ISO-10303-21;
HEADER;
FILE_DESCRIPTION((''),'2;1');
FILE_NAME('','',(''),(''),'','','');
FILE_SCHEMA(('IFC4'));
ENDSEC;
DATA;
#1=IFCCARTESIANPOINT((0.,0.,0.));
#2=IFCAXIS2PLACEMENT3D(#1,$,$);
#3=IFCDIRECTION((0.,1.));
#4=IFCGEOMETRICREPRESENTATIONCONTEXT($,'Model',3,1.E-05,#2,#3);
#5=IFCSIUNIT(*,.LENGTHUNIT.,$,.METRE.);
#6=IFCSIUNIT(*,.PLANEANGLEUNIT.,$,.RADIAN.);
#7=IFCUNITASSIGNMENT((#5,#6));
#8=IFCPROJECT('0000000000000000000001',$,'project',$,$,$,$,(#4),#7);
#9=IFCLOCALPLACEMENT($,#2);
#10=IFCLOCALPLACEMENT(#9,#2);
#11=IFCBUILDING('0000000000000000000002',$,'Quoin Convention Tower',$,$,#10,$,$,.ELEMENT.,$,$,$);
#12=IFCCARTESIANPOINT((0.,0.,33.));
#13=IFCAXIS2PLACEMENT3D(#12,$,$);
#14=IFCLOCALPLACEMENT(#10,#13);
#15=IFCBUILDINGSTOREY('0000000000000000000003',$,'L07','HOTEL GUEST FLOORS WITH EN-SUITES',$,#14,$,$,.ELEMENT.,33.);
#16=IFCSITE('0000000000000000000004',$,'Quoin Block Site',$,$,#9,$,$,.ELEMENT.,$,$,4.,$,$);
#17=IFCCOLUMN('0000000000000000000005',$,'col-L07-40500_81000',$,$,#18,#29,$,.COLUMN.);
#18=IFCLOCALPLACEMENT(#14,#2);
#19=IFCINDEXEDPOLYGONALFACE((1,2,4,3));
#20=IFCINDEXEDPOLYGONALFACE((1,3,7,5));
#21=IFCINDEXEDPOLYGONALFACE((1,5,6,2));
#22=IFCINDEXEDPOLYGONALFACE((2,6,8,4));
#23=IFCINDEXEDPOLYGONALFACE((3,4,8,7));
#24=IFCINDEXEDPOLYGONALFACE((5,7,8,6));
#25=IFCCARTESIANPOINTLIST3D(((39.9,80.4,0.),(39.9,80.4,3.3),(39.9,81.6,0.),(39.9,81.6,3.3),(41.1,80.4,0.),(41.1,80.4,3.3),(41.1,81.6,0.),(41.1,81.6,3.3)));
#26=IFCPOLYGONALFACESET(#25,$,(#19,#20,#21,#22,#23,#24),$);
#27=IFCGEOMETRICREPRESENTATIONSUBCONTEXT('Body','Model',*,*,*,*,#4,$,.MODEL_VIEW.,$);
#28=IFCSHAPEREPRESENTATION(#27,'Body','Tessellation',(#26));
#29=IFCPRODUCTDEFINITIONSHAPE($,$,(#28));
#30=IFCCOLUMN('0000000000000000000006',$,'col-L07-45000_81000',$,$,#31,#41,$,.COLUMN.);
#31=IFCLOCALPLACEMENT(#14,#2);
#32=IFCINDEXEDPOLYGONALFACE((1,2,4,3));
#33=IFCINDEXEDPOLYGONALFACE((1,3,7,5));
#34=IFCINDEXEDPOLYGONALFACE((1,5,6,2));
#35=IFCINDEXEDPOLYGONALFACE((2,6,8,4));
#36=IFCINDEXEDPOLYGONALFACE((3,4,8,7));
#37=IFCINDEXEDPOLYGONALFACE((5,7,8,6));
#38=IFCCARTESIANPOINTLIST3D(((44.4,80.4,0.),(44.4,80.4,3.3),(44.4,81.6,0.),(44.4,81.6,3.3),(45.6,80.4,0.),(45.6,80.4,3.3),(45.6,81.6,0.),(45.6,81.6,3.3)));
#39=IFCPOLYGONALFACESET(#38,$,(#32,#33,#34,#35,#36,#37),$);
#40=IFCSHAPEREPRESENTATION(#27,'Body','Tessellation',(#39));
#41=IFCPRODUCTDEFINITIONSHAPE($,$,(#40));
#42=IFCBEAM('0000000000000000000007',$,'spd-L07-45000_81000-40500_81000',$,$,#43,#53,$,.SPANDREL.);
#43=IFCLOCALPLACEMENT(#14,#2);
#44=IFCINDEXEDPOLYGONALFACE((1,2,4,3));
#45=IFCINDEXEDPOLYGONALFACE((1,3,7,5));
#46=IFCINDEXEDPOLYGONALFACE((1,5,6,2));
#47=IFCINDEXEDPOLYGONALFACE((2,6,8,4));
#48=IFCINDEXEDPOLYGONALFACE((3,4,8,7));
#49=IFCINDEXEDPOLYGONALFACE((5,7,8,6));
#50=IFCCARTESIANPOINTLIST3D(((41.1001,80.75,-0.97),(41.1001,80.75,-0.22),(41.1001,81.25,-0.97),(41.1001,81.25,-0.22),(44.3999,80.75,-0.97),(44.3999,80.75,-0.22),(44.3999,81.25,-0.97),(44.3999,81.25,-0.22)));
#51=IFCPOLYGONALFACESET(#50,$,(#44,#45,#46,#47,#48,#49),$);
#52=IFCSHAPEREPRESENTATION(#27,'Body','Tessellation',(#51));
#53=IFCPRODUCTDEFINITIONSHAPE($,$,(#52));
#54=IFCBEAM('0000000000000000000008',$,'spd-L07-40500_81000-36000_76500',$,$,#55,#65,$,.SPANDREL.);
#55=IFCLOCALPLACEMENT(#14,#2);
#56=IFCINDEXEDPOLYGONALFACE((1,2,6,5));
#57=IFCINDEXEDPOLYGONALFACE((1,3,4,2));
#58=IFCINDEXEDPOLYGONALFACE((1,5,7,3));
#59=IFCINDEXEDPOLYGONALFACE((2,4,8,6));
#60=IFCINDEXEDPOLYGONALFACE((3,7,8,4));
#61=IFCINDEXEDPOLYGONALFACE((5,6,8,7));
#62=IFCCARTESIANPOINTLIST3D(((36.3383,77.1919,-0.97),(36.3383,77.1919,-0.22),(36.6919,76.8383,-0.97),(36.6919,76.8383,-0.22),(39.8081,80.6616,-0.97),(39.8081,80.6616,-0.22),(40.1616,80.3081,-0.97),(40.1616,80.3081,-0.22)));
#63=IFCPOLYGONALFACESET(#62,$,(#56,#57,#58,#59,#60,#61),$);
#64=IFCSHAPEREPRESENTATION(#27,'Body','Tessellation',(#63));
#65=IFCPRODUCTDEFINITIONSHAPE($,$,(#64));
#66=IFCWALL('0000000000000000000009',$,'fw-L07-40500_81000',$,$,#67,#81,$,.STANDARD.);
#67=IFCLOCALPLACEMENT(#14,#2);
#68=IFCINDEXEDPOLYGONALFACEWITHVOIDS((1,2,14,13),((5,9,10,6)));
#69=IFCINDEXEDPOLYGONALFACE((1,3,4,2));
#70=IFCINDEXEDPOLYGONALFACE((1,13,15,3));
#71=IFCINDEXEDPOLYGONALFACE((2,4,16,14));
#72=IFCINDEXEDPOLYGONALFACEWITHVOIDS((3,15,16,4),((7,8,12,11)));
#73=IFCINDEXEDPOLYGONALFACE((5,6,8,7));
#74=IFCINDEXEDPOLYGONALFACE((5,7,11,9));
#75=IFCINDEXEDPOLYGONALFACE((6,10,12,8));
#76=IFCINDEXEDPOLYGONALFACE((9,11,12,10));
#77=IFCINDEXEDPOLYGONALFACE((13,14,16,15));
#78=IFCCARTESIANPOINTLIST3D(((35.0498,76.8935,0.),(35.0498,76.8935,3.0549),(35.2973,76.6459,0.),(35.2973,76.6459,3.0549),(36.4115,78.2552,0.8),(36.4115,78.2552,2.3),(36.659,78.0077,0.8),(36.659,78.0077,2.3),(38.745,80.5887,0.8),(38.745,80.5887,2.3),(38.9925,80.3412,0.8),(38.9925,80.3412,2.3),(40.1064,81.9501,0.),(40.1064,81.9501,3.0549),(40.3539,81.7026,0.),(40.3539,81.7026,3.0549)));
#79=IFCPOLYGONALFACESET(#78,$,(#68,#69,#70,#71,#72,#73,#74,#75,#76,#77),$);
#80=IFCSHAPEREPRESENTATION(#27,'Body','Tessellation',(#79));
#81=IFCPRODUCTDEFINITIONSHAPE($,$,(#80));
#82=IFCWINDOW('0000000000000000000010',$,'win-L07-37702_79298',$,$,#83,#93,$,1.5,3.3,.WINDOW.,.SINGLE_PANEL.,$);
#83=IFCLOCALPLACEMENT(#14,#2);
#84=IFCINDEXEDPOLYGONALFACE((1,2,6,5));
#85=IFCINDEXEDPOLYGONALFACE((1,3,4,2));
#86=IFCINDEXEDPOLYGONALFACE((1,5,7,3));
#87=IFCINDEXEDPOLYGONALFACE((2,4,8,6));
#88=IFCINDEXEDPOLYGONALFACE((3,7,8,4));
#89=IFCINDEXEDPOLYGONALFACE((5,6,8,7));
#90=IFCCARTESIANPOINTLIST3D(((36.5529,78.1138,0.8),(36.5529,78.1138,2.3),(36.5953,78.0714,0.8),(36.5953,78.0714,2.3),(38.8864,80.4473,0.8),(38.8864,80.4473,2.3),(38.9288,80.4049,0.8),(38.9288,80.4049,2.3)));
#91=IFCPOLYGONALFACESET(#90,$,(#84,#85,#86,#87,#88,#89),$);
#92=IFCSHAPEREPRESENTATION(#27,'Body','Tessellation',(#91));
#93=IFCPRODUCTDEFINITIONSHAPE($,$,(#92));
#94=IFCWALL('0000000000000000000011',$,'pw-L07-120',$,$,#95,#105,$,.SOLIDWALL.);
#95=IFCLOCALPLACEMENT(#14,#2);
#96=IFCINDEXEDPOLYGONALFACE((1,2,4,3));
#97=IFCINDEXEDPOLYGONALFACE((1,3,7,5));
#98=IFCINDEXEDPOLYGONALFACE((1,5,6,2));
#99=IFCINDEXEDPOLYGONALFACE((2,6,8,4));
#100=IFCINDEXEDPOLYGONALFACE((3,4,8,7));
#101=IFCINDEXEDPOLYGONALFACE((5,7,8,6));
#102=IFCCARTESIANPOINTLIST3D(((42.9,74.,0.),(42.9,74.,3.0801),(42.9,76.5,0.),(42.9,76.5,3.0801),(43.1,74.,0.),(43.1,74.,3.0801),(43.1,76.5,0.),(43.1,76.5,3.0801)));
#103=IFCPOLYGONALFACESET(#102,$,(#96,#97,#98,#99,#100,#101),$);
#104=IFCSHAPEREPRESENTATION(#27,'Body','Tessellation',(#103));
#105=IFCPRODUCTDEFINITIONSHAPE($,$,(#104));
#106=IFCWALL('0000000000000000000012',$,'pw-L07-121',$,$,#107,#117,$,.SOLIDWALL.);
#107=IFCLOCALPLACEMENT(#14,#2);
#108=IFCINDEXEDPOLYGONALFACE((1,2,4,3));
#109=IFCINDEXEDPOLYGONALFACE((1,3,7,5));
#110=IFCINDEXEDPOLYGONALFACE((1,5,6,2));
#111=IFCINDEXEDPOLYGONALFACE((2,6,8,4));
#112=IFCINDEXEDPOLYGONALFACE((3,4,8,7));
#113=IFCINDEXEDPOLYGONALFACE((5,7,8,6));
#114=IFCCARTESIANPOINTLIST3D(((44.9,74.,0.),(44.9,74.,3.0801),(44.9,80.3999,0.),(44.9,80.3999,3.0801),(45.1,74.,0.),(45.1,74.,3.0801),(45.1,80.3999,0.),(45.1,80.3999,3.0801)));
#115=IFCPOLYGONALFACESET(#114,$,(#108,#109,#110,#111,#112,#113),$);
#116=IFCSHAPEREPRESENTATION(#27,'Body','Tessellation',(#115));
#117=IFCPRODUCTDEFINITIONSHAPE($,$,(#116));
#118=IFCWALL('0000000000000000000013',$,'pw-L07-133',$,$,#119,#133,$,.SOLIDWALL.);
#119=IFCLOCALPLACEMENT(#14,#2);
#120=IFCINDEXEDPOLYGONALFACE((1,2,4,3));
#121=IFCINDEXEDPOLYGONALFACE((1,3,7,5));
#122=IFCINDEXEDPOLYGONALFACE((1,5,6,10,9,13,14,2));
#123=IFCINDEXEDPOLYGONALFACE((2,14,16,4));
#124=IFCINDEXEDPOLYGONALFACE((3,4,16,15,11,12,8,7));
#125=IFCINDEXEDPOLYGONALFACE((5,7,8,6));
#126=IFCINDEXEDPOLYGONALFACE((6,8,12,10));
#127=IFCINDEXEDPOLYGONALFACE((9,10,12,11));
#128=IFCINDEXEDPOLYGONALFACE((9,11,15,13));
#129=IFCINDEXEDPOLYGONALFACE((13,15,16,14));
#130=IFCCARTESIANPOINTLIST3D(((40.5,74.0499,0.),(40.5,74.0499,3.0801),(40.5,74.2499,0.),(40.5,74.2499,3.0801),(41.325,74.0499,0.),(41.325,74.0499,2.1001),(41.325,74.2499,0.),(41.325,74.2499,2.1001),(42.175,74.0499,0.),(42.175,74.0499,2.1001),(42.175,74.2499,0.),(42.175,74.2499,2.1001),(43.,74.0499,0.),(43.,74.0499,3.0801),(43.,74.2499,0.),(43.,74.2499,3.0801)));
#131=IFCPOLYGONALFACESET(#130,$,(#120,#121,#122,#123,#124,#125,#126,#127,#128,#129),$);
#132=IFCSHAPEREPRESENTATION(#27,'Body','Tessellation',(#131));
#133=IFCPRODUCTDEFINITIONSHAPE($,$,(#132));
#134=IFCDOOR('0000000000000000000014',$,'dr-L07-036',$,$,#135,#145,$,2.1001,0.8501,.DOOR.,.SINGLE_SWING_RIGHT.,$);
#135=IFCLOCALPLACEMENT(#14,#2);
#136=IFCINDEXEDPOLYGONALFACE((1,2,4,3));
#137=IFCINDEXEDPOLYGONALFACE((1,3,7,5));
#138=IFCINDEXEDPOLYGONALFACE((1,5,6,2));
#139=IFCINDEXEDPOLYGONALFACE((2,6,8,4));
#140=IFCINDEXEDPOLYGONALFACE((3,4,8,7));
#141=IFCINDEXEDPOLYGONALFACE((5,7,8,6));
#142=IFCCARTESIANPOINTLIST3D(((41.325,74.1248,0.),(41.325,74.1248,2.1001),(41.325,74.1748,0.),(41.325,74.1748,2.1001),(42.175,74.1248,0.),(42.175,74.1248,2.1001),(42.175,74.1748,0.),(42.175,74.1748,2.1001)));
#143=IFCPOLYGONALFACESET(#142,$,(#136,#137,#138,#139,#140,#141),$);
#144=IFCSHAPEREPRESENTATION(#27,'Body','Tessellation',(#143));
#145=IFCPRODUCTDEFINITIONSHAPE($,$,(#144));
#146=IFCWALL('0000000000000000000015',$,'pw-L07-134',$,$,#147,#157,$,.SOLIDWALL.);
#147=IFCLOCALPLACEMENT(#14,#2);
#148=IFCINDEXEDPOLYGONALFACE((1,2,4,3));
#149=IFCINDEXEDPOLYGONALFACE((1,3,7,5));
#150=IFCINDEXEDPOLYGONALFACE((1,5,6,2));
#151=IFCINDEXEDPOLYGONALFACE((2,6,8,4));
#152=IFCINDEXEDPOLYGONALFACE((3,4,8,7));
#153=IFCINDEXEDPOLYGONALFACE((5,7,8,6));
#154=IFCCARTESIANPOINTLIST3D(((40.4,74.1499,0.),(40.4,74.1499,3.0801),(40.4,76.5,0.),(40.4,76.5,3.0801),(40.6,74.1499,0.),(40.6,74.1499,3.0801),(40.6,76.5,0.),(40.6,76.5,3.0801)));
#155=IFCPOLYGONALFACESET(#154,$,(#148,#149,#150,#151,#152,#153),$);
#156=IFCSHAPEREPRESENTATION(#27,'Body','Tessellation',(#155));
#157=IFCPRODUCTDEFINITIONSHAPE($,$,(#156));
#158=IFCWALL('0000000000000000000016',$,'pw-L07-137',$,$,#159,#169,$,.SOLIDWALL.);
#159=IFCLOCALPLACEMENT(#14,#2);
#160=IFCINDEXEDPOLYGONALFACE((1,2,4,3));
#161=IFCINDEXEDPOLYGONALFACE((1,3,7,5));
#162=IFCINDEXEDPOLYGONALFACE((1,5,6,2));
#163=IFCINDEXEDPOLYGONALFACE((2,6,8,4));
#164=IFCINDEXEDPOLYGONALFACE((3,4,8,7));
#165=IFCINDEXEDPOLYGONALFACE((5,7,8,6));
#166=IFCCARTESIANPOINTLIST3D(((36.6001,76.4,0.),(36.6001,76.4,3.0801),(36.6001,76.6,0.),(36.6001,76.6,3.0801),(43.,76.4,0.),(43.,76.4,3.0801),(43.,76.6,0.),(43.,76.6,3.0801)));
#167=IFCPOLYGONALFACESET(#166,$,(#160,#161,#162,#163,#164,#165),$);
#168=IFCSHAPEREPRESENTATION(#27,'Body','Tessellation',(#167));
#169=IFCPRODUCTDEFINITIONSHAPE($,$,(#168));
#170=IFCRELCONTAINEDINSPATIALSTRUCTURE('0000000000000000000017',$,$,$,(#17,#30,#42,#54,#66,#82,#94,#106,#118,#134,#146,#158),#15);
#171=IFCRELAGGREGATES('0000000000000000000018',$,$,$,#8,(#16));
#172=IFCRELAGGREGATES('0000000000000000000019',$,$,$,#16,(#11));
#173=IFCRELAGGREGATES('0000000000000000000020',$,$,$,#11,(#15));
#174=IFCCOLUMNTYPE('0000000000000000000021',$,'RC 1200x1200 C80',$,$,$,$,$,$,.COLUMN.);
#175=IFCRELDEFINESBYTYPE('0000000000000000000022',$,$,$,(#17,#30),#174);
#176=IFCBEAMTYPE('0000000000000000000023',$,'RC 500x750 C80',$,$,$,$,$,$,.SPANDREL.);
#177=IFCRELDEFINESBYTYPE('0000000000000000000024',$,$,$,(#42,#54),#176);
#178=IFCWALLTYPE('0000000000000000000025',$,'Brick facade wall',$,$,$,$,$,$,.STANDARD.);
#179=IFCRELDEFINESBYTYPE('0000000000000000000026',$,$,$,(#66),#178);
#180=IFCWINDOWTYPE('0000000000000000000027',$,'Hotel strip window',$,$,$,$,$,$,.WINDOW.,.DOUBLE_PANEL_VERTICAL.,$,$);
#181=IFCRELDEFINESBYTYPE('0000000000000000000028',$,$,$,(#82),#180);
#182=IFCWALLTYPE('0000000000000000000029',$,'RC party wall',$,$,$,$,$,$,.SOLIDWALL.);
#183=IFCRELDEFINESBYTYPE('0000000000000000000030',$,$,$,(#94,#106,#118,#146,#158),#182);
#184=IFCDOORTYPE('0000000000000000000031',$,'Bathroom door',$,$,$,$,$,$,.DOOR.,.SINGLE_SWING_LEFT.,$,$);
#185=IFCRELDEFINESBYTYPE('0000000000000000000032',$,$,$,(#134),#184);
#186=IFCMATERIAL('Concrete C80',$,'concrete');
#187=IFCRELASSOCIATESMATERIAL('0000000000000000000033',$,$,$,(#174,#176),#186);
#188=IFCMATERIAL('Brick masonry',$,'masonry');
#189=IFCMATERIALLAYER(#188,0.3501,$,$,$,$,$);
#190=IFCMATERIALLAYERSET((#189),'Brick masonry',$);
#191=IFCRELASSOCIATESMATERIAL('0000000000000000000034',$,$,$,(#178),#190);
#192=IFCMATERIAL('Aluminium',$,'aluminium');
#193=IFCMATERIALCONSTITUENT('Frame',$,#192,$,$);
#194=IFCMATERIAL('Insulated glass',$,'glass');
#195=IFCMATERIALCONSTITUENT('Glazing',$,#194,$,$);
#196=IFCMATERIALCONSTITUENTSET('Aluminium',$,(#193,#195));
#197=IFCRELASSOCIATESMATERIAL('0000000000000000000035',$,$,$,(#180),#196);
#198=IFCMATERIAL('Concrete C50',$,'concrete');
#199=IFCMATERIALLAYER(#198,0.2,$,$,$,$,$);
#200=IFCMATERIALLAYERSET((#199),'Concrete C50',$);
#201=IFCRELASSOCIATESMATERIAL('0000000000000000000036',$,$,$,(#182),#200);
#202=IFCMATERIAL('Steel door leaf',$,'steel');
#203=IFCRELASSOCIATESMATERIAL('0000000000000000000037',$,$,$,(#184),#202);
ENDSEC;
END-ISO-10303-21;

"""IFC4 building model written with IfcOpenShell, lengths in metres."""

from ifc_helpers import new_model, si_unit, direction, frame, frame_2d, origin, origin_2d, place, context, subcontext, project, spatial, rectangle, extrude, material, layer, layer_set, constituent, constituent_set, material_profile, profile_set, type_object, element, fill, save


model = new_model("IFC4")

# Units and contexts
model_context = context("Model", 3, precision=1e-05, world=origin(), true_north=direction((0.0, 1.0)))
body_context = subcontext(model_context, "Body", "Model", "MODEL_VIEW")
ifc_project = project(units=[si_unit("LENGTHUNIT", "METRE"), si_unit("PLANEANGLEUNIT", "RADIAN")], contexts=[model_context])

# Site, building, storey
site_placement = place(None, origin())
site = spatial("IfcSite", under=ifc_project, at=site_placement, Name="Quoin Block Site", CompositionType="ELEMENT", RefElevation=4.0)
building_placement = place(site_placement, origin())
building = spatial("IfcBuilding", under=site, at=building_placement, Name="Quoin Convention Tower", CompositionType="ELEMENT")
storey_placement = place(building_placement, frame((0.0, 0.0, 33.0)))
storey = spatial("IfcBuildingStorey", under=building, at=storey_placement, Name="L07", Description="HOTEL GUEST FLOORS WITH EN-SUITES", CompositionType="ELEMENT", Elevation=33.0)

# Columns
ifc_material_1 = material(Name="Concrete C80", Category="concrete")
ifc_material_profile_1 = material_profile(ifc_material_1, rectangle(XDim=1.2, YDim=1.2, at=origin_2d()), Name="RC 1200x1200")
ifc_profile_set_1 = profile_set([ifc_material_profile_1], Name="Concrete C80")
column_type = type_object("IfcColumnType", Name="RC 1200x1200 C80", PredefinedType="COLUMN", material=ifc_profile_set_1)
for number, where, z_axis, x_axis, name in (
    (1, (40.5, 81.0, 0.0), (0.0, 0.0, 1.0), (1.0, 0.0, 0.0), "col-L07-40500_81000"),
    (2, (45.0, 81.0, 0.0), (0.0, 0.0, 1.0), (1.0, 0.0, 0.0), "col-L07-45000_81000"),
):
    element("IfcColumn", number, at=place(storey_placement, frame(where, z_axis=z_axis, x_axis=x_axis)), inside=storey, type_object=column_type, Name=name, PredefinedType="COLUMN", context=body_context, shape_type="SweptSolid", body=[
        extrude(rectangle(XDim=1.2, YDim=1.2, at=origin_2d()), origin(), (0.0, 0.0, 1.0), 3.3),
    ])

# Beams
ifc_material_profile_2 = material_profile(ifc_material_1, rectangle(XDim=0.5, YDim=0.75, at=origin_2d()), Name="RC 500x750")
ifc_profile_set_2 = profile_set([ifc_material_profile_2], Name="Concrete C80")
beam_type = type_object("IfcBeamType", Name="RC 500x750 C80", PredefinedType="SPANDREL", material=ifc_profile_set_2)
beam_1_placement = place(storey_placement, frame((44.3999, 81.0, -0.595), z_axis=(-1.0, 0.0, 0.0), x_axis=(0.0, -1.0, 0.0)))
element("IfcBeam", 3, at=beam_1_placement, inside=storey, type_object=beam_type, Name="spd-L07-45000_81000-40500_81000", PredefinedType="SPANDREL", context=body_context, shape_type="SweptSolid", body=[
    extrude(rectangle(XDim=0.5, YDim=0.75, at=origin_2d()), origin(), (0.0, 0.0, 1.0), 3.2998),
])
beam_2_placement = place(storey_placement, frame((39.9849, 80.4849, -0.595), z_axis=(-0.707107, -0.707107, 0.0), x_axis=(0.707107, -0.707107, 0.0)))
element("IfcBeam", 4, at=beam_2_placement, inside=storey, type_object=beam_type, Name="spd-L07-40500_81000-36000_76500", PredefinedType="SPANDREL", context=body_context, shape_type="SweptSolid", body=[
    extrude(rectangle(XDim=0.5, YDim=0.75, at=origin_2d()), origin(), (0.0, 0.0, 1.0), 4.907),
])

# Wall, opening, window
ifc_material_2 = material(Name="Brick masonry", Category="masonry")
ifc_layer_1 = layer(ifc_material_2, 0.3501)
ifc_layer_set_1 = layer_set([ifc_layer_1], Name="Brick masonry")
wall_type_1 = type_object("IfcWallType", Name="Brick facade wall", PredefinedType="STANDARD", material=ifc_layer_set_1)
wall_1_placement = place(storey_placement, frame((40.2302, 81.8264, 0.0), z_axis=(0.0, 0.0, 1.0), x_axis=(-0.707107, -0.707107, 0.0)))
wall_1 = element("IfcWall", 5, at=wall_1_placement, inside=storey, type_object=wall_type_1, Name="fw-L07-40500_81000", PredefinedType="STANDARD", context=body_context, shape_type="SweptSolid", body=[
    extrude(rectangle(XDim=7.1511, YDim=0.3501, at=frame_2d((3.5757, 0.0))), origin(), (0.0, 0.0, 1.0), 3.0549),
])
opening_1_placement = place(wall_1_placement, frame((1.9255, 0.0, 0.8)))
opening_1 = element("IfcOpeningElement", 6, at=opening_1_placement, cuts=wall_1, PredefinedType="OPENING", context=body_context, shape_type="SweptSolid", body=[
    extrude(rectangle(XDim=3.3, YDim=1.5, at=frame_2d((1.6499, 0.75))), frame((0.0, 0.1851, 0.0), z_axis=(0.0, -1.0, 0.0), x_axis=(1.0, 0.0, 0.0)), (0.0, 0.0, 1.0), 0.3701),
])
ifc_material_3 = material(Name="Aluminium", Category="aluminium")
ifc_constituent_1 = constituent(ifc_material_3, Name="Frame")
ifc_material_4 = material(Name="Insulated glass", Category="glass")
ifc_constituent_2 = constituent(ifc_material_4, Name="Glazing")
ifc_constituent_set = constituent_set(constituents=[ifc_constituent_1, ifc_constituent_2], Name="Aluminium")
window_type = type_object("IfcWindowType", Name="Hotel strip window", PartitioningType="DOUBLE_PANEL_VERTICAL", PredefinedType="WINDOW", material=ifc_constituent_set)
window_placement = place(opening_1_placement, origin())
window = element("IfcWindow", 7, at=window_placement, inside=storey, type_object=window_type, Name="win-L07-37702_79298", OverallHeight=1.5, OverallWidth=3.3, PartitioningType="SINGLE_PANEL", PredefinedType="WINDOW", context=body_context, shape_type="SweptSolid", body=[
    extrude(rectangle(XDim=3.3, YDim=1.5, at=frame_2d((1.6499, 0.75))), frame((0.0, 0.085, 0.0), z_axis=(0.0, -1.0, 0.0), x_axis=(1.0, 0.0, 0.0)), (0.0, 0.0, 1.0), 0.0601),
])
fill(opening_1, window)

# Walls
ifc_material_5 = material(Name="Concrete C50", Category="concrete")
ifc_layer_2 = layer(ifc_material_5, 0.2)
ifc_layer_set_2 = layer_set([ifc_layer_2], Name="Concrete C50")
wall_type_2 = type_object("IfcWallType", Name="RC party wall", PredefinedType="SOLIDWALL", material=ifc_layer_set_2)
wall_2_placement = place(storey_placement, frame((43.0, 74.0, 0.0), z_axis=(0.0, 0.0, 1.0), x_axis=(0.0, 1.0, 0.0)))
element("IfcWall", 8, at=wall_2_placement, inside=storey, type_object=wall_type_2, Name="pw-L07-120", PredefinedType="SOLIDWALL", context=body_context, shape_type="SweptSolid", body=[
    extrude(rectangle(XDim=2.5, YDim=0.2, at=frame_2d((1.25, 0.0))), origin(), (0.0, 0.0, 1.0), 3.0801),
])
wall_3_placement = place(storey_placement, frame((45.0, 74.0, 0.0), z_axis=(0.0, 0.0, 1.0), x_axis=(0.0, 1.0, 0.0)))
element("IfcWall", 9, at=wall_3_placement, inside=storey, type_object=wall_type_2, Name="pw-L07-121", PredefinedType="SOLIDWALL", context=body_context, shape_type="SweptSolid", body=[
    extrude(rectangle(XDim=6.3999, YDim=0.2, at=frame_2d((3.2, 0.0))), origin(), (0.0, 0.0, 1.0), 3.0801),
])

# Wall, opening, door
wall_4_placement = place(storey_placement, frame((40.5, 74.1499, 0.0), z_axis=(0.0, 0.0, 1.0), x_axis=(1.0, 0.0, 0.0)))
wall_4 = element("IfcWall", 10, at=wall_4_placement, inside=storey, type_object=wall_type_2, Name="pw-L07-133", PredefinedType="SOLIDWALL", context=body_context, shape_type="SweptSolid", body=[
    extrude(rectangle(XDim=2.5, YDim=0.2, at=frame_2d((1.25, 0.0))), origin(), (0.0, 0.0, 1.0), 3.0801),
])
opening_2_placement = place(wall_4_placement, frame((0.825, 0.0, 0.0)))
opening_2 = element("IfcOpeningElement", 11, at=opening_2_placement, cuts=wall_4, PredefinedType="OPENING", context=body_context, shape_type="SweptSolid", body=[
    extrude(rectangle(XDim=0.8501, YDim=2.1001, at=frame_2d((0.425, 1.05))), frame((0.0, 0.1099, 0.0), z_axis=(0.0, -1.0, 0.0), x_axis=(1.0, 0.0, 0.0)), (0.0, 0.0, 1.0), 0.22),
])
ifc_material_6 = material(Name="Steel door leaf", Category="steel")
door_type_1 = type_object("IfcDoorType", Name="Bathroom door", OperationType="SINGLE_SWING_LEFT", PredefinedType="DOOR", material=ifc_material_6)
door_1_placement = place(opening_2_placement, origin())
door_1 = element("IfcDoor", 12, at=door_1_placement, inside=storey, type_object=door_type_1, Name="dr-L07-036", OperationType="SINGLE_SWING_RIGHT", OverallHeight=2.1001, OverallWidth=0.8501, PredefinedType="DOOR", context=body_context, shape_type="SweptSolid", body=[
    extrude(rectangle(XDim=0.8501, YDim=2.1001, at=frame_2d((0.425, 1.05))), frame((0.0, 0.0249, 0.0), z_axis=(0.0, -1.0, 0.0), x_axis=(1.0, 0.0, 0.0)), (0.0, 0.0, 1.0), 0.05),
])
fill(opening_2, door_1)

# Walls
wall_5_placement = place(storey_placement, frame((40.5, 74.1499, 0.0), z_axis=(0.0, 0.0, 1.0), x_axis=(0.0, 1.0, 0.0)))
element("IfcWall", 13, at=wall_5_placement, inside=storey, type_object=wall_type_2, Name="pw-L07-134", PredefinedType="SOLIDWALL", context=body_context, shape_type="SweptSolid", body=[
    extrude(rectangle(XDim=2.3501, YDim=0.2, at=frame_2d((1.175, 0.0))), origin(), (0.0, 0.0, 1.0), 3.0801),
])
wall_6_placement = place(storey_placement, frame((36.6001, 76.5, 0.0), z_axis=(0.0, 0.0, 1.0), x_axis=(1.0, 0.0, 0.0)))
element("IfcWall", 14, at=wall_6_placement, inside=storey, type_object=wall_type_2, Name="pw-L07-137", PredefinedType="SOLIDWALL", context=body_context, shape_type="SweptSolid", body=[
    extrude(rectangle(XDim=6.3999, YDim=0.2, at=frame_2d((3.2, 0.0))), origin(), (0.0, 0.0, 1.0), 3.0801),
])

save(model, "model.ifc")
